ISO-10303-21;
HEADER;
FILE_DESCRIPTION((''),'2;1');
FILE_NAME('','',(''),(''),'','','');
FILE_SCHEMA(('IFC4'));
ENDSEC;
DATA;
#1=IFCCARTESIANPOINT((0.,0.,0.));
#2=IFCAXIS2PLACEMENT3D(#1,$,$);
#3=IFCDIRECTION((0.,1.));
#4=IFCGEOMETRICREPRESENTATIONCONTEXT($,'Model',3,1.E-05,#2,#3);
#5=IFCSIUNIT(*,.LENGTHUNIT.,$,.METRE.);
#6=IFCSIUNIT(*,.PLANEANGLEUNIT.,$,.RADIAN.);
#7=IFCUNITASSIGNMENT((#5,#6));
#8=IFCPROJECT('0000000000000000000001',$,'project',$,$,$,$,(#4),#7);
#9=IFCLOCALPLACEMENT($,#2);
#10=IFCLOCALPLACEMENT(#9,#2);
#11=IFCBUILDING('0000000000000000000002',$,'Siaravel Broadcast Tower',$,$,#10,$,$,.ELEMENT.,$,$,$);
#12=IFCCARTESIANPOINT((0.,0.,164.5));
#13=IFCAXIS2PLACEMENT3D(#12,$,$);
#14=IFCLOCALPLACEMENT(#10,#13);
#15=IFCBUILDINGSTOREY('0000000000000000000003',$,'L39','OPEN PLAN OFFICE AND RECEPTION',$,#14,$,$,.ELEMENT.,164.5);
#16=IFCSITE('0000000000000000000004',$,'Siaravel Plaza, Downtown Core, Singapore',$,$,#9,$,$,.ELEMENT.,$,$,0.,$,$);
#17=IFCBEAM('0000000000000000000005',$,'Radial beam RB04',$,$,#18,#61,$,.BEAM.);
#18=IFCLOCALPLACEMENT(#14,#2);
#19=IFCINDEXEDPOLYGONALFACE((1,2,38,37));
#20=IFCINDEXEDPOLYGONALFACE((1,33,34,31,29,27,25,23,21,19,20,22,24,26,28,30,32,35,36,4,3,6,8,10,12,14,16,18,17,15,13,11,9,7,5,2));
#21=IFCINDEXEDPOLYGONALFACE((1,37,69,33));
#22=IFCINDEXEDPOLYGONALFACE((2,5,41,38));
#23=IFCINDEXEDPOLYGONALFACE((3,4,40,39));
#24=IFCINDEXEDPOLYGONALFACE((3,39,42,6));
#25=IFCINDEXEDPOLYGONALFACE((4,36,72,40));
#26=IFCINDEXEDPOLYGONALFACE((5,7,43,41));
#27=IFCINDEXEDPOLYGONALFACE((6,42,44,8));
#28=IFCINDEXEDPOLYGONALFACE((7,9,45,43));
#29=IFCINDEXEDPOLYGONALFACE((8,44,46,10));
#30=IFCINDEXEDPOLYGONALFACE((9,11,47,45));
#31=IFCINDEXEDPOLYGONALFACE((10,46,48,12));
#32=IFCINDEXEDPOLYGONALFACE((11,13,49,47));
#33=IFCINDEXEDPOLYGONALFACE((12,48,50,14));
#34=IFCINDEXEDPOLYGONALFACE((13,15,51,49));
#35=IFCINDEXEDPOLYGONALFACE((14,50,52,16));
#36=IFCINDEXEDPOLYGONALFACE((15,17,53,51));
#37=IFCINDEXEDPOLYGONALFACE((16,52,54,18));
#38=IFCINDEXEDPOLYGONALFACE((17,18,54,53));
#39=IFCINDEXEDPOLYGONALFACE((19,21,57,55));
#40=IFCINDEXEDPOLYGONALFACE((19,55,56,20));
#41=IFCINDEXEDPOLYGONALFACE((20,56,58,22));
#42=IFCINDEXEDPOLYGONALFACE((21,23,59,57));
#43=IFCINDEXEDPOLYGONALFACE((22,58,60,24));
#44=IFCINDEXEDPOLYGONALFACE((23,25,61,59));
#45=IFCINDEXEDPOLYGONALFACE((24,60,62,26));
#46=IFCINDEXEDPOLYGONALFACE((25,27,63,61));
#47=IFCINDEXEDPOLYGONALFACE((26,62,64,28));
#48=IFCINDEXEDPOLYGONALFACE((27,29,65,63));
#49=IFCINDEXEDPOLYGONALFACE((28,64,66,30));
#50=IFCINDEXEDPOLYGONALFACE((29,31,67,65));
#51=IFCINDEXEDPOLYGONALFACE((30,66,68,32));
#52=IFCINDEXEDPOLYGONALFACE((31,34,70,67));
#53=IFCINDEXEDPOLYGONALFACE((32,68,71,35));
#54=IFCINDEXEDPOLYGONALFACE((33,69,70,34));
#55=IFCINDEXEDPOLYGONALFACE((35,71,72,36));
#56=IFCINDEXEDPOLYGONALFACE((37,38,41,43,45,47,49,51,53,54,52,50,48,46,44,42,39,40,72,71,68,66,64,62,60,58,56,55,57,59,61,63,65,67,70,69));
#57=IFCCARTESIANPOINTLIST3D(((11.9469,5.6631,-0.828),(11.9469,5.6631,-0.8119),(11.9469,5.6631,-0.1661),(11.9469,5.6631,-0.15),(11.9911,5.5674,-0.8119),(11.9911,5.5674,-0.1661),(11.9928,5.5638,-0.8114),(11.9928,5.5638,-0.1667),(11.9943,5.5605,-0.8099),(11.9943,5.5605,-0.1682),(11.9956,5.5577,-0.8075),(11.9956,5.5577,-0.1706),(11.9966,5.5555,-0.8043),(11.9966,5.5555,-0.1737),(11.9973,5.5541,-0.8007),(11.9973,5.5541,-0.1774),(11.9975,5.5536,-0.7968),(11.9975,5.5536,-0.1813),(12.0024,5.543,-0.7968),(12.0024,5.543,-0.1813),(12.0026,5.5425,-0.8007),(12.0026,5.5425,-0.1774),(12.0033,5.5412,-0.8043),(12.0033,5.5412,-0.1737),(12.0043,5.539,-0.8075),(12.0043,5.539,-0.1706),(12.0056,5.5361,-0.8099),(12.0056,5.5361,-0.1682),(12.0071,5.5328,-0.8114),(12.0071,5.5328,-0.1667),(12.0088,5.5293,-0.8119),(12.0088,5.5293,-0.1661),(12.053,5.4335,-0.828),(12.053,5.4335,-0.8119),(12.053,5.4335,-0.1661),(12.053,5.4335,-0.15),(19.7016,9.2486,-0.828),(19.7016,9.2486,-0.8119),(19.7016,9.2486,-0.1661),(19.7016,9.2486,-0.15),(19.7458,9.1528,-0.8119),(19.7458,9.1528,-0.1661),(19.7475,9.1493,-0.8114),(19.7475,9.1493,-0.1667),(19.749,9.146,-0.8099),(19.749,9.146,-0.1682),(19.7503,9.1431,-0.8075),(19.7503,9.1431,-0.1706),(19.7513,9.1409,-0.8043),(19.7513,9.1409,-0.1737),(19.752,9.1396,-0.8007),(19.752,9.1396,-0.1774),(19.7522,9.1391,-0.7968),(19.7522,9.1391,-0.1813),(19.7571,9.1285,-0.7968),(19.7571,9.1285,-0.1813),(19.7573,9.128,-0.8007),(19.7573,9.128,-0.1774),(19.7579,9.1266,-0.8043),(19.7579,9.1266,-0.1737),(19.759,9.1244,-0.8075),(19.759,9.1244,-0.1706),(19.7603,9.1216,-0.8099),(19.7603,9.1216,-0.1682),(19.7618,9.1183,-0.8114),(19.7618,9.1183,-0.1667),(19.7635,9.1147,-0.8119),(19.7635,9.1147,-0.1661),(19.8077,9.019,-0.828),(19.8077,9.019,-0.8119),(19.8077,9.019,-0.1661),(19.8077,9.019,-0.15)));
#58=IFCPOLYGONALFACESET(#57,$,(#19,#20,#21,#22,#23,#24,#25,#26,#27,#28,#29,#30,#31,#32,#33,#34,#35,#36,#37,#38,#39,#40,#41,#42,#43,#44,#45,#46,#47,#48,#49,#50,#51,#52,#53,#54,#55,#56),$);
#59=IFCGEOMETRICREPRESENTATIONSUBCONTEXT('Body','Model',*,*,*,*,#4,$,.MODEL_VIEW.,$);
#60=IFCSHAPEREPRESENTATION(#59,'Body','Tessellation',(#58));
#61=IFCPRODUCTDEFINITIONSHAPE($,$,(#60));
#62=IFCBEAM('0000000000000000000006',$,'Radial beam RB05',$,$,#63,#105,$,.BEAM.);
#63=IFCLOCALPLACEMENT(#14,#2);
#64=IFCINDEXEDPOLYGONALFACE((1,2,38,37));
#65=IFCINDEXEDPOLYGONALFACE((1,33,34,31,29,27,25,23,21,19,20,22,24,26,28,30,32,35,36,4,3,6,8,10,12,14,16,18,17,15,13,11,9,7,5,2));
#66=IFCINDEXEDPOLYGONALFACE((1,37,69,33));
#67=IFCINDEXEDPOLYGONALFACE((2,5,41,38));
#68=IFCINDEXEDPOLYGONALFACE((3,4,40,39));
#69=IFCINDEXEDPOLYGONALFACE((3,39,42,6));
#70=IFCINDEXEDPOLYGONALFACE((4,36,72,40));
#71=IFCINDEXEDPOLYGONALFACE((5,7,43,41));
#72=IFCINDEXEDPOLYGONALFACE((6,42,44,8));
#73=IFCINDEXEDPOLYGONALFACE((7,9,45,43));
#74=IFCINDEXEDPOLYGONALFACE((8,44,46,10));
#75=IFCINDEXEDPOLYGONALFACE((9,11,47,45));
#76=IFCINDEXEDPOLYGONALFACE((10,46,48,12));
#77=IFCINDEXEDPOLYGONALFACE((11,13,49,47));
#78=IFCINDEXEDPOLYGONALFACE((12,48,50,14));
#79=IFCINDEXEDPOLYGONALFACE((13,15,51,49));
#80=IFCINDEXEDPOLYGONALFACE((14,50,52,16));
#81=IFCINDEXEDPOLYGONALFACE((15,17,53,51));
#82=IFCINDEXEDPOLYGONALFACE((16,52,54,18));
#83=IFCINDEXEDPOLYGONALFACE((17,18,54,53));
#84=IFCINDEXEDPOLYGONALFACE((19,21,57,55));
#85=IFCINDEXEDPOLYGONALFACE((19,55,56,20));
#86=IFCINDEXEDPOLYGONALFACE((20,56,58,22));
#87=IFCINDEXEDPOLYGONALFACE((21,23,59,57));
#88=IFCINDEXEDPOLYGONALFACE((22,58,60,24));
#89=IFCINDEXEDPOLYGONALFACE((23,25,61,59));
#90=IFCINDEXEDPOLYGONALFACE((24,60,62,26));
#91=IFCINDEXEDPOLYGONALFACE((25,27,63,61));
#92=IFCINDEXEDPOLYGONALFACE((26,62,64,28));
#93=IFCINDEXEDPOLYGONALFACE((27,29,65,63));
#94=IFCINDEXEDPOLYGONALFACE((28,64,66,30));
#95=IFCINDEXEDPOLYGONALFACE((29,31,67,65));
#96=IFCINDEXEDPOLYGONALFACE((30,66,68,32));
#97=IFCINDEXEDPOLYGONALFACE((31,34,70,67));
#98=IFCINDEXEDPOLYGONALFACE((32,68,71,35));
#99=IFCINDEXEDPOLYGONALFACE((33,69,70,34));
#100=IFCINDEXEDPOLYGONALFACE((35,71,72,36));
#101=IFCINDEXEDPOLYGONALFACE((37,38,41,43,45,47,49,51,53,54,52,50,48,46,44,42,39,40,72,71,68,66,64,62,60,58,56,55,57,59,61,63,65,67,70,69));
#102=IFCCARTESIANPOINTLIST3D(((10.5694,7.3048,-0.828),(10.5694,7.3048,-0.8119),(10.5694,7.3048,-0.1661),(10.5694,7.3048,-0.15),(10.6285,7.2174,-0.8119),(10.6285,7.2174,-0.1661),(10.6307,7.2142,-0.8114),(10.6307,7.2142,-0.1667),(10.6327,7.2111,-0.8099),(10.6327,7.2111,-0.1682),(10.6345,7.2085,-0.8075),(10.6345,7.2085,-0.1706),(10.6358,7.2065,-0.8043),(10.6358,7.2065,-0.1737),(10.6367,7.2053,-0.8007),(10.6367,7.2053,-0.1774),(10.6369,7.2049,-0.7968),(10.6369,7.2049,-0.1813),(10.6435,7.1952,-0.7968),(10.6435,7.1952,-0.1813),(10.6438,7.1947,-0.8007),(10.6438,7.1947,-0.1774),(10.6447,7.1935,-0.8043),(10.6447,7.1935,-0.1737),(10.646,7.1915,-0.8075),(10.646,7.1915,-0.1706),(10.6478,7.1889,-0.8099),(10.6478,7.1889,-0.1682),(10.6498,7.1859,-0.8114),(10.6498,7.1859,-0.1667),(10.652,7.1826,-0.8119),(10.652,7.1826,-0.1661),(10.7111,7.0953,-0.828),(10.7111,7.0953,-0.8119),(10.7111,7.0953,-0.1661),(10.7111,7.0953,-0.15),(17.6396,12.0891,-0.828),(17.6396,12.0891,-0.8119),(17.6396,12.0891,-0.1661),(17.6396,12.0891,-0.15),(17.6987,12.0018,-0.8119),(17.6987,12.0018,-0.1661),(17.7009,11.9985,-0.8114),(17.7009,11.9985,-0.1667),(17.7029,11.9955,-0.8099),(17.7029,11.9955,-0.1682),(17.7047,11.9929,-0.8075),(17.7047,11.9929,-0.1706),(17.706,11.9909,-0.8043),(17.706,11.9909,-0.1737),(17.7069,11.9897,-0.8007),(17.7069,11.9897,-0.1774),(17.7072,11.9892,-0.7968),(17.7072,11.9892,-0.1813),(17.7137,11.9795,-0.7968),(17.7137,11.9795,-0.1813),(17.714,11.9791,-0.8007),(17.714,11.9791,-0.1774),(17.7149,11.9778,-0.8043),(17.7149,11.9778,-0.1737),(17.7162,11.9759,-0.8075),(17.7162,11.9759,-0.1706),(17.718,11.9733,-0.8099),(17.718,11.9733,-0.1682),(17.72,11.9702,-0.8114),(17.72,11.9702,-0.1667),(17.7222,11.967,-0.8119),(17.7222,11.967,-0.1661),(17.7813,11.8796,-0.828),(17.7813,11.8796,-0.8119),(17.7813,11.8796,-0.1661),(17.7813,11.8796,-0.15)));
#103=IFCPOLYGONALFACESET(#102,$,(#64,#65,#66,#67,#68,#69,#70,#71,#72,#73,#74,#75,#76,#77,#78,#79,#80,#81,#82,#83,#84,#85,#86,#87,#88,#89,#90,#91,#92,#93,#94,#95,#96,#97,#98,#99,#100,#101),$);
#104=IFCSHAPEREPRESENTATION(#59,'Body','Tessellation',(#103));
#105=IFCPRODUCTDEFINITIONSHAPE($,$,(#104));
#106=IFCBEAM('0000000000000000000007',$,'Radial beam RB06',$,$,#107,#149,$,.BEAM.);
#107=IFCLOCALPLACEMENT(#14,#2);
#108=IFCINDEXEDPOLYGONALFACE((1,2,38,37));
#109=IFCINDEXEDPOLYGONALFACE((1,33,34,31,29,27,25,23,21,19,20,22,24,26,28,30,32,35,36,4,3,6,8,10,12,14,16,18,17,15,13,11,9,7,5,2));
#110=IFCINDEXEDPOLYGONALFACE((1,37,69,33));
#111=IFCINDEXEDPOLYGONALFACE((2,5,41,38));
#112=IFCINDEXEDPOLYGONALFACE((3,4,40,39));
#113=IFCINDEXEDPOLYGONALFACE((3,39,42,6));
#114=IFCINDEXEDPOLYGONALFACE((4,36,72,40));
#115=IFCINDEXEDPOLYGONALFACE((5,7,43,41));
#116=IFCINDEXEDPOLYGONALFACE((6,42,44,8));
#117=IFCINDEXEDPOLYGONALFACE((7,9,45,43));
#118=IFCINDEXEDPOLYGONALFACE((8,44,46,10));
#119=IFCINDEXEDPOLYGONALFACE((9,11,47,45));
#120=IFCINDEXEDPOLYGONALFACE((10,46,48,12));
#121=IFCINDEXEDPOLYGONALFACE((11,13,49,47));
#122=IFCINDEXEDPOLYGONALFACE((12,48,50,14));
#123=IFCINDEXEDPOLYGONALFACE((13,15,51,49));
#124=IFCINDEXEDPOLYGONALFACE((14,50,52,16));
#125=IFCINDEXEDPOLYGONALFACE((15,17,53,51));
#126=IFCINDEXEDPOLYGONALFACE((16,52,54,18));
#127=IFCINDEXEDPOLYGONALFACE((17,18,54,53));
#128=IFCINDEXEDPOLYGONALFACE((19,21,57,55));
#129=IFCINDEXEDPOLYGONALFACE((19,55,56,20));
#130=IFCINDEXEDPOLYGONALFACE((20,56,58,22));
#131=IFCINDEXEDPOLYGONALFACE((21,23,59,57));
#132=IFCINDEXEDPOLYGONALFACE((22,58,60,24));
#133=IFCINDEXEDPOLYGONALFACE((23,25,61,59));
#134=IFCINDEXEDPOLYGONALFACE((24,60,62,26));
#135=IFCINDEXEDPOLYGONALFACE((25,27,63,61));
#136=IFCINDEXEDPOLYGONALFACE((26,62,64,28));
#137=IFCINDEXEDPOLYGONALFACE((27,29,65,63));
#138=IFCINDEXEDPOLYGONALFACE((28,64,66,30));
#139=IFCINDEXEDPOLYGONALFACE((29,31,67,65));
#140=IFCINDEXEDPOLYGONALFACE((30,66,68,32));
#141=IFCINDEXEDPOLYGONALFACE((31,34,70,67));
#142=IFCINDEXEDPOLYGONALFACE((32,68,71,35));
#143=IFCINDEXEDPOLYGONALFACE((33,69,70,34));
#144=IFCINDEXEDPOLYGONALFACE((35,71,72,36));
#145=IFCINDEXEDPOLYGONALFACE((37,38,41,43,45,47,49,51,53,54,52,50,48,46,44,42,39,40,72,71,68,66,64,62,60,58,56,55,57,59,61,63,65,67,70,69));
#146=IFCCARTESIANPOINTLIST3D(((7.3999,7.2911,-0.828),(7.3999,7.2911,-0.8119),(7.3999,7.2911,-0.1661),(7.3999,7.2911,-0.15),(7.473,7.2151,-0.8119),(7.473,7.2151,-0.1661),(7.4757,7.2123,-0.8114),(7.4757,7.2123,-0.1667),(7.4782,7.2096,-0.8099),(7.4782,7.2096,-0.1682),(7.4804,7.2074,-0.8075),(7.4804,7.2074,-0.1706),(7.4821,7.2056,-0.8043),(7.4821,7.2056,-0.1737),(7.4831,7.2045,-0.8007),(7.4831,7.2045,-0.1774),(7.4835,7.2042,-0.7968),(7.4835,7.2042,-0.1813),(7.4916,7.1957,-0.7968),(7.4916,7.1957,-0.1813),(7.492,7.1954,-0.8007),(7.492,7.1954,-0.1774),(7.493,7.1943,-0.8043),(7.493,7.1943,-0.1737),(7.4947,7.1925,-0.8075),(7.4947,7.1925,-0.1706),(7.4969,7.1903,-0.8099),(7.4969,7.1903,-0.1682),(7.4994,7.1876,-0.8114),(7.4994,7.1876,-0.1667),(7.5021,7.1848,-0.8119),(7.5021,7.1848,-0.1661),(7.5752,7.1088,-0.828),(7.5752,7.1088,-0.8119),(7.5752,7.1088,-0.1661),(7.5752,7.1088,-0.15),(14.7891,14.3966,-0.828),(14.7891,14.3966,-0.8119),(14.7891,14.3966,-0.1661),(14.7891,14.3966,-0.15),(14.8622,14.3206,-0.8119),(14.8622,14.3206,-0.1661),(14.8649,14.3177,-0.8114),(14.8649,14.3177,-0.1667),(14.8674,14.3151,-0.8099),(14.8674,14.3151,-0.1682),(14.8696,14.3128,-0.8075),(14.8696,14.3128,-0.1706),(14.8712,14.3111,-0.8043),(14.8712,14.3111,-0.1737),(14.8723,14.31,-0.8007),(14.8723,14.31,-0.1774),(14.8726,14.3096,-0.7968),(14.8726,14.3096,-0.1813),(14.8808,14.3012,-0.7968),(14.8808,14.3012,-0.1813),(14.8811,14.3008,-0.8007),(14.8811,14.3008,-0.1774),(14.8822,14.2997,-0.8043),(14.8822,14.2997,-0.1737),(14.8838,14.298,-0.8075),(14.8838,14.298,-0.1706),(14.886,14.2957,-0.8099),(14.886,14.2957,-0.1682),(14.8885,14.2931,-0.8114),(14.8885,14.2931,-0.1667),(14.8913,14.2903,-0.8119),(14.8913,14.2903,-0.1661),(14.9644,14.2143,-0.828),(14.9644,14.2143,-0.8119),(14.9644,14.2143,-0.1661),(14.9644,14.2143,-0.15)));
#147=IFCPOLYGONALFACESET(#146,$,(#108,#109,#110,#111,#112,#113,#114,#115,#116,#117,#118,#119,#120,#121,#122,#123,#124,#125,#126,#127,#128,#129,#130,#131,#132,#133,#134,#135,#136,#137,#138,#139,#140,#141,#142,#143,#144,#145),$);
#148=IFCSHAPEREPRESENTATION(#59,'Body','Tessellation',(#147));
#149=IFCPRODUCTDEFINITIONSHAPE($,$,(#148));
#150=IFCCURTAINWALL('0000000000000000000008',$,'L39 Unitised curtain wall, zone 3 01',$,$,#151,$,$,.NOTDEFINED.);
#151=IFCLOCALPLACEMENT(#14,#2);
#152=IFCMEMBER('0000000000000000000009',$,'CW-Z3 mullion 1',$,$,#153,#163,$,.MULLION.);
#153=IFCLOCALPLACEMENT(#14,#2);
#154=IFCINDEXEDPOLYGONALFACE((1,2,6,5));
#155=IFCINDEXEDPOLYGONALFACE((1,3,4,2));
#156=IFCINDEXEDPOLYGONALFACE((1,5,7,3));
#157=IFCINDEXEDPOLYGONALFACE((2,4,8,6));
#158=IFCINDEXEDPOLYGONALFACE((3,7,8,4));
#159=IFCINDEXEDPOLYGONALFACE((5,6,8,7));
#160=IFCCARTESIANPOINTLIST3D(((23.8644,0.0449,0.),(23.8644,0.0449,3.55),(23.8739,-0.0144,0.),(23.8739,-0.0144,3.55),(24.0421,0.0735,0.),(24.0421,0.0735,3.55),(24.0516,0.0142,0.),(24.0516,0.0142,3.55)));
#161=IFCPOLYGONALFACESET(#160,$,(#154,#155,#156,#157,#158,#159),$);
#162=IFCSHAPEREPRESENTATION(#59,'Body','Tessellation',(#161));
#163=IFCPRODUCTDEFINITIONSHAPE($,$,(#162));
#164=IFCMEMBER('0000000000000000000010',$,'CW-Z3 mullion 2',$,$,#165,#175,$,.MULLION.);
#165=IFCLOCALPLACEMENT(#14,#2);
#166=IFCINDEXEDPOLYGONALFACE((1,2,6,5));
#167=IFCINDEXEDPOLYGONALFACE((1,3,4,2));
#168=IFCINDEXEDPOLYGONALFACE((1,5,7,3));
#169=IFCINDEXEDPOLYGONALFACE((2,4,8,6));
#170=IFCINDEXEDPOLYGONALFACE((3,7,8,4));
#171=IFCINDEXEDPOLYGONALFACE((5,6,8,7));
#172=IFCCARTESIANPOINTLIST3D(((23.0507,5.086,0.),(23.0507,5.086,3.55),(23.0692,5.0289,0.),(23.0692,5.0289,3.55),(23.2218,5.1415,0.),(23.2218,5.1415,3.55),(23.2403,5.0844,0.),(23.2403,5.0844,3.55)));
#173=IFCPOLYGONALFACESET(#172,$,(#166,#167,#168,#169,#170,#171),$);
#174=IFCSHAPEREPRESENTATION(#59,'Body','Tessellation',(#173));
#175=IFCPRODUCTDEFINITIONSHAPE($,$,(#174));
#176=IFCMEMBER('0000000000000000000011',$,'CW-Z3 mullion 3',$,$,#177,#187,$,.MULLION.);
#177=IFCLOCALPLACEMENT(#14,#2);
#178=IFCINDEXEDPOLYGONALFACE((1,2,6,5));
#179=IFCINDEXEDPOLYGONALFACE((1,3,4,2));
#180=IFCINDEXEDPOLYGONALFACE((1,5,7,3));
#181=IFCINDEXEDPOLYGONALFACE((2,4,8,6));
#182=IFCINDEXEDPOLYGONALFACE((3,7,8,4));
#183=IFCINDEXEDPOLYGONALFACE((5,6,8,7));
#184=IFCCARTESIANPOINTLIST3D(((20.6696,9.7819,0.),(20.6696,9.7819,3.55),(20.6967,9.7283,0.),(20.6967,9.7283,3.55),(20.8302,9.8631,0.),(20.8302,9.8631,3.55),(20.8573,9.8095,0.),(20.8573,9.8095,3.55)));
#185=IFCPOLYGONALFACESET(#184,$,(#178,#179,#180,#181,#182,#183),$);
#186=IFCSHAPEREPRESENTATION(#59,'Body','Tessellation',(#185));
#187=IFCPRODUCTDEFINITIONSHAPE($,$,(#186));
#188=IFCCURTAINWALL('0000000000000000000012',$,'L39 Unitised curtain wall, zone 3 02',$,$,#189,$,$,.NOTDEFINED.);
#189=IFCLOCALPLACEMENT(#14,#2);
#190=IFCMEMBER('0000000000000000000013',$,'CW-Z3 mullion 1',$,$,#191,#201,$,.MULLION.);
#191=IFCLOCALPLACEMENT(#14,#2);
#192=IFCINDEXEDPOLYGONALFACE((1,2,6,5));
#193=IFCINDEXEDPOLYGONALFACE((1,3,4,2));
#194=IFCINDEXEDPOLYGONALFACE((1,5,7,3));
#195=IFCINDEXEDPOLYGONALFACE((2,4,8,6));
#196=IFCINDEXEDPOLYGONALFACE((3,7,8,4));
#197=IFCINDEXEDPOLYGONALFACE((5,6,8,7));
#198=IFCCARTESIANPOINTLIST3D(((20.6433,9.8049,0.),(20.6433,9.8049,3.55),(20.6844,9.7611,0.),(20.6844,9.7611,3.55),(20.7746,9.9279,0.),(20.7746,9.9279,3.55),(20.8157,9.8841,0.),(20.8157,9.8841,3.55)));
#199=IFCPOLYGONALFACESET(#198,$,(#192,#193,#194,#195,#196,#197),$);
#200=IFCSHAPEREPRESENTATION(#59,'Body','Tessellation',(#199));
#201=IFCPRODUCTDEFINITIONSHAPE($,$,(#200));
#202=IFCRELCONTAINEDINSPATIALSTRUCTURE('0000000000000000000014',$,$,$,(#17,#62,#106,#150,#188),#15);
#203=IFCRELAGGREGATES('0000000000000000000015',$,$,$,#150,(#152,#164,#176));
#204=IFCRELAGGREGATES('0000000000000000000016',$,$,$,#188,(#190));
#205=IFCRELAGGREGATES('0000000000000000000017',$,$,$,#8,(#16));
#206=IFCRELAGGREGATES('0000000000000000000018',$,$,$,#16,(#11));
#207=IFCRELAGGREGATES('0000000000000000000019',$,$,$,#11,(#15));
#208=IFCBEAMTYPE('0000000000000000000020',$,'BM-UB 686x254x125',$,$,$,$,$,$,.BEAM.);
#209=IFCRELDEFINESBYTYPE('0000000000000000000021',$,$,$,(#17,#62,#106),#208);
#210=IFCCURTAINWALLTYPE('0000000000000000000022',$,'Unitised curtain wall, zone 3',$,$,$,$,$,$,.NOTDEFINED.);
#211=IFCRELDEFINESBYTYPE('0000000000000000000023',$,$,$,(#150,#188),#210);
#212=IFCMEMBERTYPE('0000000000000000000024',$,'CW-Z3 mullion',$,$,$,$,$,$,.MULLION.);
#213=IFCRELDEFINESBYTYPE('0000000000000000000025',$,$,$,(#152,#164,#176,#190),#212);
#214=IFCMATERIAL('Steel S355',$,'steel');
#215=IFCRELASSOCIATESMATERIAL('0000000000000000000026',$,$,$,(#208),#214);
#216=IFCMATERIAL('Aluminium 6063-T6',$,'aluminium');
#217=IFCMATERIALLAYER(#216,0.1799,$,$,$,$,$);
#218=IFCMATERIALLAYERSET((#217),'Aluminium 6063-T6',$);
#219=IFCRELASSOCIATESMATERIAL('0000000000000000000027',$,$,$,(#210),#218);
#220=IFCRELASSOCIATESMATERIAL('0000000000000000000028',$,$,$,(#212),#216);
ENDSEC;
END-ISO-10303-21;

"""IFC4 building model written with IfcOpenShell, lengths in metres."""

from ifc_helpers import new_model, si_unit, direction, frame, origin, origin_2d, place, context, subcontext, project, spatial, rectangle, i_section, extrude, material, layer, layer_set, material_profile, profile_set, type_object, element, aggregate, save


model = new_model("IFC4")

# Units and contexts
model_context = context("Model", 3, precision=1e-05, world=origin(), true_north=direction((0.0, 1.0)))
body_context = subcontext(model_context, "Body", "Model", "MODEL_VIEW")
ifc_project = project(units=[si_unit("LENGTHUNIT", "METRE"), si_unit("PLANEANGLEUNIT", "RADIAN")], contexts=[model_context])

# Site, building, storey
site_placement = place(None, origin())
site = spatial("IfcSite", under=ifc_project, at=site_placement, Name="Siaravel Plaza, Downtown Core, Singapore", CompositionType="ELEMENT", RefElevation=0.0)
building_placement = place(site_placement, origin())
building = spatial("IfcBuilding", under=site, at=building_placement, Name="Siaravel Broadcast Tower", CompositionType="ELEMENT")
storey_placement = place(building_placement, frame((0.0, 0.0, 164.5)))
storey = spatial("IfcBuildingStorey", under=building, at=storey_placement, Name="L39", Description="OPEN PLAN OFFICE AND RECEPTION", CompositionType="ELEMENT", Elevation=164.5)

# Beams
ifc_material_1 = material(Name="Steel S355", Category="steel")
ifc_material_profile_1 = material_profile(ifc_material_1, i_section(OverallWidth=0.2529, OverallDepth=0.678, WebThickness=0.0117, FlangeThickness=0.0161, FilletRadius=0.0151, at=origin_2d()))
ifc_profile_set_1 = profile_set([ifc_material_profile_1], Name="Steel S355")
beam_type = type_object("IfcBeamType", Name="BM-UB 686x254x125", PredefinedType="BEAM", material=ifc_profile_set_1)
beam_1_placement = place(storey_placement, frame((19.7546, 9.1338, -0.489), z_axis=(-0.907675, -0.419674, 0.0), x_axis=(0.419674, -0.907675, 0.0)))
element("IfcBeam", 1, at=beam_1_placement, inside=storey, type_object=beam_type, Name="Radial beam RB04", PredefinedType="BEAM", context=body_context, shape_type="SweptSolid", body=[
    extrude(i_section(OverallWidth=0.2529, OverallDepth=0.678, WebThickness=0.0117, FlangeThickness=0.0161, FilletRadius=0.0151, at=origin_2d()), origin(), (0.0, 0.0, 1.0), 8.5435),
])
beam_2_placement = place(storey_placement, frame((17.7104, 11.9844, -0.489), z_axis=(-0.828198, -0.560435, 0.0), x_axis=(0.560435, -0.828198, 0.0)))
element("IfcBeam", 2, at=beam_2_placement, inside=storey, type_object=beam_type, Name="Radial beam RB05", PredefinedType="BEAM", context=body_context, shape_type="SweptSolid", body=[
    extrude(i_section(OverallWidth=0.2529, OverallDepth=0.678, WebThickness=0.0117, FlangeThickness=0.0161, FilletRadius=0.0151, at=origin_2d()), origin(), (0.0, 0.0, 1.0), 8.5369),
])
beam_3_placement = place(storey_placement, frame((14.8767, 14.3054, -0.489), z_axis=(-0.720808, -0.693134, 0.0), x_axis=(0.693134, -0.720808, 0.0)))
element("IfcBeam", 3, at=beam_3_placement, inside=storey, type_object=beam_type, Name="Radial beam RB06", PredefinedType="BEAM", context=body_context, shape_type="SweptSolid", body=[
    extrude(i_section(OverallWidth=0.2529, OverallDepth=0.678, WebThickness=0.0117, FlangeThickness=0.0161, FilletRadius=0.0151, at=origin_2d()), origin(), (0.0, 0.0, 1.0), 10.2512),
])

# Curtain walls, members
ifc_material_2 = material(Name="Aluminium 6063-T6", Category="aluminium")
ifc_layer_1 = layer(ifc_material_2, 0.1799)
ifc_layer_set_1 = layer_set([ifc_layer_1], Name="Aluminium 6063-T6")
curtain_wall_type = type_object("IfcCurtainWallType", Name="Unitised curtain wall, zone 3", PredefinedType="NOTDEFINED", material=ifc_layer_set_1)
curtain_wall_1_placement = place(storey_placement, origin())
curtain_wall_1 = element("IfcCurtainWall", 4, at=curtain_wall_1_placement, inside=storey, type_object=curtain_wall_type, Name="L39 Unitised curtain wall, zone 3 01", PredefinedType="NOTDEFINED")
ifc_material_profile_2 = material_profile(ifc_material_2, rectangle(XDim=0.1799, YDim=0.0601, at=origin_2d()))
ifc_profile_set_2 = profile_set([ifc_material_profile_2], Name="Aluminium 6063-T6")
member_type_1 = type_object("IfcMemberType", Name="CW-Z3 mullion", PredefinedType="MULLION", material=ifc_profile_set_2)
member_1_placement = place(storey_placement, frame((23.958, 0.0295, 0.0), z_axis=(0.0, 0.0, 1.0), x_axis=(-0.987329, -0.158685, 0.0)))
member_1 = element("IfcMember", 5, at=member_1_placement, type_object=member_type_1, Name="CW-Z3 mullion 1", PredefinedType="MULLION", context=body_context, shape_type="SweptSolid", body=[
    extrude(rectangle(XDim=0.1799, YDim=0.0601, at=origin_2d()), origin(), (0.0, 0.0, 1.0), 3.55),
])
member_2_placement = place(storey_placement, frame((23.1455, 5.0852, 0.0), z_axis=(0.0, 0.0, 1.0), x_axis=(-0.951177, -0.308645, 0.0)))
member_2 = element("IfcMember", 6, at=member_2_placement, type_object=member_type_1, Name="CW-Z3 mullion 2", PredefinedType="MULLION", context=body_context, shape_type="SweptSolid", body=[
    extrude(rectangle(XDim=0.1799, YDim=0.0601, at=origin_2d()), origin(), (0.0, 0.0, 1.0), 3.55),
])
member_3_placement = place(storey_placement, frame((20.7634, 9.7957, 0.0), z_axis=(0.0, 0.0, 1.0), x_axis=(-0.892393, -0.45126, 0.0)))
member_3 = element("IfcMember", 7, at=member_3_placement, type_object=member_type_1, Name="CW-Z3 mullion 3", PredefinedType="MULLION", context=body_context, shape_type="SweptSolid", body=[
    extrude(rectangle(XDim=0.1799, YDim=0.0601, at=origin_2d()), origin(), (0.0, 0.0, 1.0), 3.55),
])
curtain_wall_2_placement = place(storey_placement, origin())
curtain_wall_2 = element("IfcCurtainWall", 8, at=curtain_wall_2_placement, inside=storey, type_object=curtain_wall_type, Name="L39 Unitised curtain wall, zone 3 02", PredefinedType="NOTDEFINED")
member_4_placement = place(storey_placement, frame((20.7295, 9.8445, 0.0), z_axis=(0.0, 0.0, 1.0), x_axis=(-0.729806, -0.683654, 0.0)))
member_4 = element("IfcMember", 9, at=member_4_placement, type_object=member_type_1, Name="CW-Z3 mullion 1", PredefinedType="MULLION", context=body_context, shape_type="SweptSolid", body=[
    extrude(rectangle(XDim=0.1799, YDim=0.0601, at=origin_2d()), origin(), (0.0, 0.0, 1.0), 3.55),
])

aggregate(curtain_wall_1, [member_1, member_2, member_3])
aggregate(curtain_wall_2, [member_4])

save(model, "model.ifc")
